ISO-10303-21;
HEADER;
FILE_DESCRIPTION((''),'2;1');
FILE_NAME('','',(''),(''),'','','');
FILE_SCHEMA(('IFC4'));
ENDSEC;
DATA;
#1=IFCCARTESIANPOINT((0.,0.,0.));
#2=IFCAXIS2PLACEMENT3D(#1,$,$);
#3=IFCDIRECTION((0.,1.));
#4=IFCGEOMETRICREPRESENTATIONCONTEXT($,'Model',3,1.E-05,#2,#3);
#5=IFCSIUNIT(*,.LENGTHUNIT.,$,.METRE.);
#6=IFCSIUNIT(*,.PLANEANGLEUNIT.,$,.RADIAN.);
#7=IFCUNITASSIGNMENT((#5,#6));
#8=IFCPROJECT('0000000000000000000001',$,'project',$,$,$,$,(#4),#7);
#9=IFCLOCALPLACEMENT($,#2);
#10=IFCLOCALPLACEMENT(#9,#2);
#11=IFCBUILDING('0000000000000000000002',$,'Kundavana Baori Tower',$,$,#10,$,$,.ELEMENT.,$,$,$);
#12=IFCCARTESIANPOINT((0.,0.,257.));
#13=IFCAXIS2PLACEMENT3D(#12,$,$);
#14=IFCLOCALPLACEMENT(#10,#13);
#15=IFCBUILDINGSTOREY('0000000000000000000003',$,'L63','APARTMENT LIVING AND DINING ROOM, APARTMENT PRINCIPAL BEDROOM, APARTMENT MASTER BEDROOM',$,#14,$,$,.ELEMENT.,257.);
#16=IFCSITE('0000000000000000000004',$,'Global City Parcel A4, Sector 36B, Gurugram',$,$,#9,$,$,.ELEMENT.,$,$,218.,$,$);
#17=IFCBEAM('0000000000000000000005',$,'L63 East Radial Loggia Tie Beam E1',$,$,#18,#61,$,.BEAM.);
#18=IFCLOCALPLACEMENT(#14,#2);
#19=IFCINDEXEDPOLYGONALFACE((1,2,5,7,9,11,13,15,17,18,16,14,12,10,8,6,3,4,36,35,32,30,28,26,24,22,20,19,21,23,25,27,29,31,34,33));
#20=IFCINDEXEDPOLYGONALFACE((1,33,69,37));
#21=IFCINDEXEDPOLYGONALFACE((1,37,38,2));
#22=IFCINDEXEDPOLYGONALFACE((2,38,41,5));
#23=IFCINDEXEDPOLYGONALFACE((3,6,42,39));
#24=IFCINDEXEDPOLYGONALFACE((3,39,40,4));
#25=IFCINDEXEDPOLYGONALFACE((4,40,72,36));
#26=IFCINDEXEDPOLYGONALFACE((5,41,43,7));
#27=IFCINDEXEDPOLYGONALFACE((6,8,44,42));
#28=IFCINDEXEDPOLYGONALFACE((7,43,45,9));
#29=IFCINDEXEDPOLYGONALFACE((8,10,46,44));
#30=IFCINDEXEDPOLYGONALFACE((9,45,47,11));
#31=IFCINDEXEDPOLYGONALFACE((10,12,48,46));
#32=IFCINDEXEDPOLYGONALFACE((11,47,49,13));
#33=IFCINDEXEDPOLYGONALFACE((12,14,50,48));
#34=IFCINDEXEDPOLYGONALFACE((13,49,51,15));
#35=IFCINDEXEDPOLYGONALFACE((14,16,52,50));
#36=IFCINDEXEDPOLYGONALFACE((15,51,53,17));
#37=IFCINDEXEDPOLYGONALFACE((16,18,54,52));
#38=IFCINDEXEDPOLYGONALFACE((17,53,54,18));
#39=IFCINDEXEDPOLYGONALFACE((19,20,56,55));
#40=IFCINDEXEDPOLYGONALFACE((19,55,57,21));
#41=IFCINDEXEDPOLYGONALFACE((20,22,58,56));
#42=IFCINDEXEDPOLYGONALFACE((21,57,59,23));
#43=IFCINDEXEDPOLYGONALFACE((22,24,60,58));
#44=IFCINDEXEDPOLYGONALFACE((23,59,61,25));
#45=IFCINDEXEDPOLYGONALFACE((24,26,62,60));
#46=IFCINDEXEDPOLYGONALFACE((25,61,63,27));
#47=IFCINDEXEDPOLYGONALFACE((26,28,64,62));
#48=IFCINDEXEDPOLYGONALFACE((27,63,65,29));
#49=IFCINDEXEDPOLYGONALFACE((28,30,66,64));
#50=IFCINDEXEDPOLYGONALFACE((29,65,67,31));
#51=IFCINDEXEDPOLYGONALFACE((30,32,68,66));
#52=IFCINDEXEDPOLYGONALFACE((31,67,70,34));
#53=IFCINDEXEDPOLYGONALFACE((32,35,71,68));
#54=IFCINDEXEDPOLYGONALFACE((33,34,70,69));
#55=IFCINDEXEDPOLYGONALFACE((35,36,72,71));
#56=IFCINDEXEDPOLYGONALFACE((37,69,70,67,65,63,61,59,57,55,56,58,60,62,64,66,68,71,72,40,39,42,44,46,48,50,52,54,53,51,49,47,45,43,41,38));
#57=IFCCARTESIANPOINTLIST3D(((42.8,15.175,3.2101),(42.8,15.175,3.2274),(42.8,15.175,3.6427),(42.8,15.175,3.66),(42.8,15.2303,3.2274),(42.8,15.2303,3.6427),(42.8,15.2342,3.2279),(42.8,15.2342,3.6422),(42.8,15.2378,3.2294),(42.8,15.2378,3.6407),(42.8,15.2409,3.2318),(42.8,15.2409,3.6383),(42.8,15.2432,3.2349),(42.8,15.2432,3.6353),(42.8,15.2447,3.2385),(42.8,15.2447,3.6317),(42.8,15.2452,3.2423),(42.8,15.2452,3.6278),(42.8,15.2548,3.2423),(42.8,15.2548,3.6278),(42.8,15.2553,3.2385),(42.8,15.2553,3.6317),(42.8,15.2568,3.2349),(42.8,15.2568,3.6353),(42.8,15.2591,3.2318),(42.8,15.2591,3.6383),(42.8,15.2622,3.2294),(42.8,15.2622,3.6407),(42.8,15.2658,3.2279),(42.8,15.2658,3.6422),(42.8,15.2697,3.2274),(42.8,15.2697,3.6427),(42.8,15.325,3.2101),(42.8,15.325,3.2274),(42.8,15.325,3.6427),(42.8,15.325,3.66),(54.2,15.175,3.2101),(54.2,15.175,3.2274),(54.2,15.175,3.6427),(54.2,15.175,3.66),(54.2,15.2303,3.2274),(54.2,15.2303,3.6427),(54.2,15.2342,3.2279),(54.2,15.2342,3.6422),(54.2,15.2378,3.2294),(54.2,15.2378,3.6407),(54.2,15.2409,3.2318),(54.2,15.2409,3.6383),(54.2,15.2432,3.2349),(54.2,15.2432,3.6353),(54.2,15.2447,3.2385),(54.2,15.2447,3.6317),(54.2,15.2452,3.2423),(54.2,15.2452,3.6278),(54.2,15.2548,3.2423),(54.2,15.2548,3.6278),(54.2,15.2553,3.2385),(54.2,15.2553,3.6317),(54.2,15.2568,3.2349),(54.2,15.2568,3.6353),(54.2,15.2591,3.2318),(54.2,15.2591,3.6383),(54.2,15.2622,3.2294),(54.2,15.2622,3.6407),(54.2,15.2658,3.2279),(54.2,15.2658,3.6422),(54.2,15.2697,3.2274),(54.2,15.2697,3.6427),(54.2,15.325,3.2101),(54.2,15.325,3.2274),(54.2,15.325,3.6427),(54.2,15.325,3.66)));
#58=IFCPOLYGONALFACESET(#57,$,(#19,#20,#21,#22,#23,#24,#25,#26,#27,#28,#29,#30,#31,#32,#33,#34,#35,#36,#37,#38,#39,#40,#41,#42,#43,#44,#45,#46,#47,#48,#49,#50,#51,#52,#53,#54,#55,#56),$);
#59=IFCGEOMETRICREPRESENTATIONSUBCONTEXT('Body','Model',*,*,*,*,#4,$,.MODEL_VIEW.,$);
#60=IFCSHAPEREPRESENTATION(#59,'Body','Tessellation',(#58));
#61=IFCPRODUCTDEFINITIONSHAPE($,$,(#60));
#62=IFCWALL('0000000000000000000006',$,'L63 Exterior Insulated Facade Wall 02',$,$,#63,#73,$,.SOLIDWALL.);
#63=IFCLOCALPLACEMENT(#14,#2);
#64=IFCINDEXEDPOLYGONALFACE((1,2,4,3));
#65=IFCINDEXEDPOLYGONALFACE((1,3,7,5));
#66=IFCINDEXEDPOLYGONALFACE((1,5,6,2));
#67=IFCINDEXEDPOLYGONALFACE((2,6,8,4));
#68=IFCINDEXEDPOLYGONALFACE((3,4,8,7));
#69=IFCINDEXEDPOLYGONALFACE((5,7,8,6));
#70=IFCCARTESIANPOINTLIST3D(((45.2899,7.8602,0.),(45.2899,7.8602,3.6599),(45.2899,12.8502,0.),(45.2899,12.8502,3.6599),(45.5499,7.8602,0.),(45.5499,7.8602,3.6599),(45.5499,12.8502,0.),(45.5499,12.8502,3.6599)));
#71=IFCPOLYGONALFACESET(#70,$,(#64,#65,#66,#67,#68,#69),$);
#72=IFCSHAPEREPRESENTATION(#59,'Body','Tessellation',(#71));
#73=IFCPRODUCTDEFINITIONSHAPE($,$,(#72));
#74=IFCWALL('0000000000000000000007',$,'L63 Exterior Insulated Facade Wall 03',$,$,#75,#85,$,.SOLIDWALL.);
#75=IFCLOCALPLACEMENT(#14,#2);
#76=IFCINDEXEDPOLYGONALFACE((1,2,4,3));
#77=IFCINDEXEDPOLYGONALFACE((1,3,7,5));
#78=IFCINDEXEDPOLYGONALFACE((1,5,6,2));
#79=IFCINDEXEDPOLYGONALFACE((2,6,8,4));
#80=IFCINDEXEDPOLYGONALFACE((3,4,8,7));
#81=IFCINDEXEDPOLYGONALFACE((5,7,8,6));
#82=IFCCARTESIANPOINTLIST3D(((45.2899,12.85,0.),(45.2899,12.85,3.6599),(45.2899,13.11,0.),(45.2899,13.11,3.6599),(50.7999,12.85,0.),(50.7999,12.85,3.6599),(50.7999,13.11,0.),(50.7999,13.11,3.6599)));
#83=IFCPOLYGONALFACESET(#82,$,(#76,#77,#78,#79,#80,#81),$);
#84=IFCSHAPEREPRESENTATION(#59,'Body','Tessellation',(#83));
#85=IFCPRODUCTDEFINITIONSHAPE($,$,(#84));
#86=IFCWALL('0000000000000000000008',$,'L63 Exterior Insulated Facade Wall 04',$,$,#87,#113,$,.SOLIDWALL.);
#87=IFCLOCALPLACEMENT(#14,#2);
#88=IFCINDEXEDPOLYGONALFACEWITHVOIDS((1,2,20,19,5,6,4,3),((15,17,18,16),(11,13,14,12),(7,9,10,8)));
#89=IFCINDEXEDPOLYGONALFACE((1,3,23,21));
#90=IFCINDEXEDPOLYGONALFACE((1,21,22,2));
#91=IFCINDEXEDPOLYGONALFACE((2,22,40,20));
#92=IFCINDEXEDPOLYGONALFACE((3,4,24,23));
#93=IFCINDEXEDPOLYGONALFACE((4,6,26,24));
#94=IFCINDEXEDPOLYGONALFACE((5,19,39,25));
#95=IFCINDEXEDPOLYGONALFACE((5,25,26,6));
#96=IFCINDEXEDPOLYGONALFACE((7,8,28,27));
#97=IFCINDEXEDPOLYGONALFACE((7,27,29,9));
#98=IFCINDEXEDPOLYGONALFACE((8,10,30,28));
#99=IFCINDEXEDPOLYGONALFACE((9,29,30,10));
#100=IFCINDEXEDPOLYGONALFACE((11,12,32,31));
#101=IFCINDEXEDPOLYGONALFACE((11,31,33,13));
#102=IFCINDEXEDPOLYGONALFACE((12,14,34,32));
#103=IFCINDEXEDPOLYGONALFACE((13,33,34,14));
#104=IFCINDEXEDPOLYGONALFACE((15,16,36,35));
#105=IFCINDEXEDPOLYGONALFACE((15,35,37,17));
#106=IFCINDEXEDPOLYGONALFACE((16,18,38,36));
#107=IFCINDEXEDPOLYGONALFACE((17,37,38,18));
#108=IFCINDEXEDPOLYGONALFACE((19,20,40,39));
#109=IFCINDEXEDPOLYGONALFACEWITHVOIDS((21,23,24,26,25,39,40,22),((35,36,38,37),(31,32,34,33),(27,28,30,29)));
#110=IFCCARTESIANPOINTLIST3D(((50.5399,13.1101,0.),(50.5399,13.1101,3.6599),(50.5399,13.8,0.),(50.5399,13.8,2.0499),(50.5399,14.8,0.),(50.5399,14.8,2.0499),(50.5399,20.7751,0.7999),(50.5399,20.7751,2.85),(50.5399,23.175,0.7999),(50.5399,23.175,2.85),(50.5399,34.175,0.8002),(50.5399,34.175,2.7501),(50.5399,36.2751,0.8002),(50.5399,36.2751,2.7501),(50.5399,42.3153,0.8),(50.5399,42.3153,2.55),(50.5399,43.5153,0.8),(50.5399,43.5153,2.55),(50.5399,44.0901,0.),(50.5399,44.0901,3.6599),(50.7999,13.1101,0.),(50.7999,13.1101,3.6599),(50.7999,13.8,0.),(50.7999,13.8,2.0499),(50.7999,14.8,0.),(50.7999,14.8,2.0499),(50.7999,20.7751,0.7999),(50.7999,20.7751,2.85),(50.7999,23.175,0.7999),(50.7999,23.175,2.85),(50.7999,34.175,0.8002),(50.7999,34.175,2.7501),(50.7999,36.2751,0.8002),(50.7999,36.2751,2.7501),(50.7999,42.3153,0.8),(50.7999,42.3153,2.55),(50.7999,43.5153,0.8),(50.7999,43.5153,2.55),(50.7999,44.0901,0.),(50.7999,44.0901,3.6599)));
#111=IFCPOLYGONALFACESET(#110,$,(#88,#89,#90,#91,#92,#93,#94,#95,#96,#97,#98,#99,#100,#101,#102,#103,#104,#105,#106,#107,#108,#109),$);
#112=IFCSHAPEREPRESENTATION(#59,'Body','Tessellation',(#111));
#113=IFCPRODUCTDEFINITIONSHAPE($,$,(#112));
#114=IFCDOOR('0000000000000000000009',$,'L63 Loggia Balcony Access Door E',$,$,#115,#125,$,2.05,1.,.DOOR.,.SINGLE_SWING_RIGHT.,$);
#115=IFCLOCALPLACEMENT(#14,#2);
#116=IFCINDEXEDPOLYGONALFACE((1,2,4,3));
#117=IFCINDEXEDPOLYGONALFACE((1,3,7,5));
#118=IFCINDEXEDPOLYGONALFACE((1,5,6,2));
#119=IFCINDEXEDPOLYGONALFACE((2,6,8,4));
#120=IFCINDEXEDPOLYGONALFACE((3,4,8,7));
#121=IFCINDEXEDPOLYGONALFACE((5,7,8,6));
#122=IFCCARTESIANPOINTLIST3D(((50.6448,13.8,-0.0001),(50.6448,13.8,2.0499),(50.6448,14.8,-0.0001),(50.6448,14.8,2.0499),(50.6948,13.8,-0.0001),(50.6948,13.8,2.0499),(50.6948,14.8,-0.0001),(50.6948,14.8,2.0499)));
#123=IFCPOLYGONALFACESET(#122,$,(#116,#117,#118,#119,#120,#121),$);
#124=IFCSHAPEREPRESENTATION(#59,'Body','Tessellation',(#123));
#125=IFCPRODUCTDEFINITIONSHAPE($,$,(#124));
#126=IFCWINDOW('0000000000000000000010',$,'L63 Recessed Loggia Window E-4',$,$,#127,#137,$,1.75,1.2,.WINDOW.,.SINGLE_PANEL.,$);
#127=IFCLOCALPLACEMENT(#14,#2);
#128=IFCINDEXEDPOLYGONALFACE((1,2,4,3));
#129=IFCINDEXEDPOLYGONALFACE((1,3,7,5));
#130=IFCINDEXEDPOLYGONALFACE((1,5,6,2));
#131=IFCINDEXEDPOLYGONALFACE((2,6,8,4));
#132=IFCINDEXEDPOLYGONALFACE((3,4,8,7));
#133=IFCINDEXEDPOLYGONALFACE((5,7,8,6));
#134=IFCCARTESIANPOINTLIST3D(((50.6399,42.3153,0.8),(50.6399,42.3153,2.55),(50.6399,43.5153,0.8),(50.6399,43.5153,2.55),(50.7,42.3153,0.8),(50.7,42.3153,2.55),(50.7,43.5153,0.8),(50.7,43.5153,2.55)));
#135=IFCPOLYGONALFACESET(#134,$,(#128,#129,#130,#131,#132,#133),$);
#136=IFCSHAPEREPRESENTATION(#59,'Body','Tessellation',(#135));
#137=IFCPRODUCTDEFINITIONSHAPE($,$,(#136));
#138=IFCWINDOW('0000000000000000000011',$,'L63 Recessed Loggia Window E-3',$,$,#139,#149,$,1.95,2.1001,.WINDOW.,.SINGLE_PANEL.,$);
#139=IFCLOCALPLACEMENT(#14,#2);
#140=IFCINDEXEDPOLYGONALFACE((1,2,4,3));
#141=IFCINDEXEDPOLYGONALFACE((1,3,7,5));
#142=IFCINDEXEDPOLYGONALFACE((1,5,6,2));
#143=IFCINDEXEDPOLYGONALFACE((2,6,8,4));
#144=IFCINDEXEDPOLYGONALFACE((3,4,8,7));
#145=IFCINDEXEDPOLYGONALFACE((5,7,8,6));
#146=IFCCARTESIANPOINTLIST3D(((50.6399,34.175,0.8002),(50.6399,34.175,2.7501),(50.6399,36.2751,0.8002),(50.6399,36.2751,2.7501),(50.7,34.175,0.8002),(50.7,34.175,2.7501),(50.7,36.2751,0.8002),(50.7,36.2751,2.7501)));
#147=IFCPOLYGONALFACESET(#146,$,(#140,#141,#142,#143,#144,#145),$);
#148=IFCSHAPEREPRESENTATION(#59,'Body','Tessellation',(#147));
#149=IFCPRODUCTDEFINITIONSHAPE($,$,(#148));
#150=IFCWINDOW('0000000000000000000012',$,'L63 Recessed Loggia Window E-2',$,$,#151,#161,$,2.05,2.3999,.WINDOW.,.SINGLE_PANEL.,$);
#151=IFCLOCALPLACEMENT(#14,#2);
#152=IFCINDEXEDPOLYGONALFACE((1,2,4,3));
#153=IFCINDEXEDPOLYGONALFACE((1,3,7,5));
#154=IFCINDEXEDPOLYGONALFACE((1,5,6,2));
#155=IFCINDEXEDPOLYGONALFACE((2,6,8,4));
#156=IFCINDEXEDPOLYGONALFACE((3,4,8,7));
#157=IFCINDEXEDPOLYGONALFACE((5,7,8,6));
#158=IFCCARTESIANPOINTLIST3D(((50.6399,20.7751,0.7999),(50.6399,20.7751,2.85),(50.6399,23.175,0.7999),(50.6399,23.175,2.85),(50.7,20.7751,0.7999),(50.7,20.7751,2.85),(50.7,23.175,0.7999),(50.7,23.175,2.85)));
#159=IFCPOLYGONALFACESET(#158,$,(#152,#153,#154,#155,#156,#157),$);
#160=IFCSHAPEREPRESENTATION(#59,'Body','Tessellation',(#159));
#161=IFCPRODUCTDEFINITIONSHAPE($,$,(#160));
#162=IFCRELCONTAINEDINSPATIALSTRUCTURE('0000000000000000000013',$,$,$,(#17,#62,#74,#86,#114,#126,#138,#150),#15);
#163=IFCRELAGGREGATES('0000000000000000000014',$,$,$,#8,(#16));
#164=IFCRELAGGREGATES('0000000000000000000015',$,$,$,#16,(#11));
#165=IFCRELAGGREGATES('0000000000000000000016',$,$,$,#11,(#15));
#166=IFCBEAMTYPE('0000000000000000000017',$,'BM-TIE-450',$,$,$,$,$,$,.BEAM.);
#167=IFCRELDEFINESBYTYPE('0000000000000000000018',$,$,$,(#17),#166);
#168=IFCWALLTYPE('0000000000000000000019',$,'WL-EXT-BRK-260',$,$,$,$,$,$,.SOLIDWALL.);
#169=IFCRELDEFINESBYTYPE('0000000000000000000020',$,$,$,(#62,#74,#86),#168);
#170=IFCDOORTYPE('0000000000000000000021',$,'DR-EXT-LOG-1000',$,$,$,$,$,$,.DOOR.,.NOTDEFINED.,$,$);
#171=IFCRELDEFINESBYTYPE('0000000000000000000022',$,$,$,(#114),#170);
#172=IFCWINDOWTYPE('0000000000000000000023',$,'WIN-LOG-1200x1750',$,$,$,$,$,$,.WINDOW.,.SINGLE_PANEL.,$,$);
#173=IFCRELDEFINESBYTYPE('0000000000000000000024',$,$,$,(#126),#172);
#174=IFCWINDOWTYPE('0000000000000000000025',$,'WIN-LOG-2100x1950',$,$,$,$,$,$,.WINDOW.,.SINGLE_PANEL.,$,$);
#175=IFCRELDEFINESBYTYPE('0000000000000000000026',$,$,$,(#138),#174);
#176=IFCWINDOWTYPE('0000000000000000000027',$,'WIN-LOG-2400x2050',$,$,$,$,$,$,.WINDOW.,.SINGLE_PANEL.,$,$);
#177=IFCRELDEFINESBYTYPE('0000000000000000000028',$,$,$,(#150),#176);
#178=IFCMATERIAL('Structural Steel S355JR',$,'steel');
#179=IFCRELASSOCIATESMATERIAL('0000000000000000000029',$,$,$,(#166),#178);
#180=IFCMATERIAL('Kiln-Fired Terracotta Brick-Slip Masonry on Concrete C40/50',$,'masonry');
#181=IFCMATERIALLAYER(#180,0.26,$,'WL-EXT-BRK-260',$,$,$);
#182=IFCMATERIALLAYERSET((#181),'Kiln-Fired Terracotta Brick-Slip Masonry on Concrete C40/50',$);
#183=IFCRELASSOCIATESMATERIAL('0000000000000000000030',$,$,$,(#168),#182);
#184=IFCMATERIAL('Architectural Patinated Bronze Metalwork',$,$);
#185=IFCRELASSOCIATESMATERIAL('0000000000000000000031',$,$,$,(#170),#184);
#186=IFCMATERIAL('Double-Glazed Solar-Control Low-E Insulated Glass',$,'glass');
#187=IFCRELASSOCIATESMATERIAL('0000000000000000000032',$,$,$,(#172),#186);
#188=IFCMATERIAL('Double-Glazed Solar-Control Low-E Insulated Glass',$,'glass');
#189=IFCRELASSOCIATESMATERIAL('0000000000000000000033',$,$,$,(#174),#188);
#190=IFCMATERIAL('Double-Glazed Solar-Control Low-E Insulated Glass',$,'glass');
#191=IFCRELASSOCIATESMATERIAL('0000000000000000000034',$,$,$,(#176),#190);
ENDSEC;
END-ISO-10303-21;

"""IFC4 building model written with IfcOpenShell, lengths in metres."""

from ifc_helpers import new_model, si_unit, direction, frame, frame_2d, origin, origin_2d, place, context, subcontext, project, spatial, rectangle, i_section, extrude, material, layer, layer_set, material_profile, profile_set, type_object, element, fill, save


model = new_model("IFC4")

# Units and contexts
model_context = context("Model", 3, precision=1e-05, world=origin(), true_north=direction((0.0, 1.0)))
body_context = subcontext(model_context, "Body", "Model", "MODEL_VIEW")
ifc_project = project(units=[si_unit("LENGTHUNIT", "METRE"), si_unit("PLANEANGLEUNIT", "RADIAN")], contexts=[model_context])

# Site, building, storey
site_placement = place(None, origin())
site = spatial("IfcSite", under=ifc_project, at=site_placement, Name="Global City Parcel A4, Sector 36B, Gurugram", CompositionType="ELEMENT", RefElevation=218.0)
building_placement = place(site_placement, origin())
building = spatial("IfcBuilding", under=site, at=building_placement, Name="Kundavana Baori Tower", CompositionType="ELEMENT")
storey_placement = place(building_placement, frame((0.0, 0.0, 257.0)))
storey = spatial("IfcBuildingStorey", under=building, at=storey_placement, Name="L63", Description="APARTMENT LIVING AND DINING ROOM, APARTMENT PRINCIPAL BEDROOM, APARTMENT MASTER BEDROOM", CompositionType="ELEMENT", Elevation=257.0)

# Beam
ifc_material_1 = material(Name="Structural Steel S355JR", Category="steel")
ifc_material_profile_1 = material_profile(ifc_material_1, i_section(OverallWidth=0.1499, OverallDepth=0.45, WebThickness=0.0095, FlangeThickness=0.0173, FilletRadius=0.0149, at=origin_2d()), Name="ISMB 450")
ifc_profile_set_1 = profile_set([ifc_material_profile_1], Name="Structural Steel S355JR")
beam_type_1 = type_object("IfcBeamType", Name="BM-TIE-450", PredefinedType="BEAM", material=ifc_profile_set_1)
beam_1_placement = place(storey_placement, frame((42.8, 15.25, 3.4351), z_axis=(1.0, 0.0, 0.0), x_axis=(0.0, 1.0, 0.0)))
element("IfcBeam", 1, at=beam_1_placement, inside=storey, type_object=beam_type_1, Name="L63 East Radial Loggia Tie Beam E1", PredefinedType="BEAM", context=body_context, shape_type="SweptSolid", body=[
    extrude(i_section(OverallWidth=0.1499, OverallDepth=0.45, WebThickness=0.0095, FlangeThickness=0.0173, FilletRadius=0.0149, at=origin_2d()), origin(), (0.0, 0.0, 1.0), 11.3999),
])

# Walls
ifc_material_2 = material(Name="Kiln-Fired Terracotta Brick-Slip Masonry on Concrete C40/50", Category="masonry")
ifc_layer_1 = layer(ifc_material_2, 0.26, Name="WL-EXT-BRK-260")
ifc_layer_set_1 = layer_set([ifc_layer_1], Name="Kiln-Fired Terracotta Brick-Slip Masonry on Concrete C40/50")
wall_type_1 = type_object("IfcWallType", Name="WL-EXT-BRK-260", PredefinedType="SOLIDWALL", material=ifc_layer_set_1)
wall_1_placement = place(storey_placement, frame((45.4199, 7.8601, 0.0), z_axis=(0.0, 0.0, 1.0), x_axis=(0.0, 1.0, 0.0)))
element("IfcWall", 2, at=wall_1_placement, inside=storey, type_object=wall_type_1, Name="L63 Exterior Insulated Facade Wall 02", PredefinedType="SOLIDWALL", context=body_context, shape_type="SweptSolid", body=[
    extrude(rectangle(XDim=4.99, YDim=0.26, at=frame_2d((2.4951, 0.0))), origin(), (0.0, 0.0, 1.0), 3.6599),
])
wall_2_placement = place(storey_placement, frame((45.29, 12.98, 0.0), z_axis=(0.0, 0.0, 1.0), x_axis=(1.0, 0.0, 0.0)))
element("IfcWall", 3, at=wall_2_placement, inside=storey, type_object=wall_type_1, Name="L63 Exterior Insulated Facade Wall 03", PredefinedType="SOLIDWALL", context=body_context, shape_type="SweptSolid", body=[
    extrude(rectangle(XDim=5.51, YDim=0.26, at=frame_2d((2.7549, 0.0))), origin(), (0.0, 0.0, 1.0), 3.6599),
])

# Wall, openings, door, windows
wall_3_placement = place(storey_placement, frame((50.6699, 13.1101, 0.0), z_axis=(0.0, 0.0, 1.0), x_axis=(0.0, 1.0, 0.0)))
wall_3 = element("IfcWall", 4, at=wall_3_placement, inside=storey, type_object=wall_type_1, Name="L63 Exterior Insulated Facade Wall 04", PredefinedType="SOLIDWALL", context=body_context, shape_type="SweptSolid", body=[
    extrude(rectangle(XDim=30.98, YDim=0.26, at=frame_2d((15.49, 0.0))), origin(), (0.0, 0.0, 1.0), 3.6599),
])
opening_1_placement = place(wall_3_placement, frame((0.6899, 0.0, 0.0)))
opening_1 = element("IfcOpeningElement", 5, at=opening_1_placement, cuts=wall_3, PredefinedType="OPENING", context=body_context, shape_type="SweptSolid", body=[
    extrude(rectangle(XDim=1.0, YDim=2.05, at=frame_2d((0.5, 1.0249))), frame((0.0, 0.1401, 0.0), z_axis=(0.0, -1.0, 0.0), x_axis=(1.0, 0.0, 0.0)), (0.0, 0.0, 1.0), 0.28),
])
opening_2_placement = place(wall_3_placement, frame((7.665, 0.0, 0.8)))
opening_2 = element("IfcOpeningElement", 6, at=opening_2_placement, cuts=wall_3, PredefinedType="OPENING", context=body_context, shape_type="SweptSolid", body=[
    extrude(rectangle(XDim=2.3999, YDim=2.05, at=frame_2d((1.2, 1.0249))), frame((0.0, 0.1401, 0.0), z_axis=(0.0, -1.0, 0.0), x_axis=(1.0, 0.0, 0.0)), (0.0, 0.0, 1.0), 0.28),
])
opening_3_placement = place(wall_3_placement, frame((21.0649, 0.0, 0.8)))
opening_3 = element("IfcOpeningElement", 7, at=opening_3_placement, cuts=wall_3, PredefinedType="OPENING", context=body_context, shape_type="SweptSolid", body=[
    extrude(rectangle(XDim=2.1001, YDim=1.95, at=frame_2d((1.05, 0.9751))), frame((0.0, 0.1401, 0.0), z_axis=(0.0, -1.0, 0.0), x_axis=(1.0, 0.0, 0.0)), (0.0, 0.0, 1.0), 0.28),
])
opening_4_placement = place(wall_3_placement, frame((29.2051, 0.0, 0.8)))
opening_4 = element("IfcOpeningElement", 8, at=opening_4_placement, cuts=wall_3, PredefinedType="OPENING", context=body_context, shape_type="SweptSolid", body=[
    extrude(rectangle(XDim=1.2, YDim=1.75, at=frame_2d((0.6001, 0.875))), frame((0.0, 0.1401, 0.0), z_axis=(0.0, -1.0, 0.0), x_axis=(1.0, 0.0, 0.0)), (0.0, 0.0, 1.0), 0.28),
])
ifc_material_3 = material(Name="Architectural Patinated Bronze Metalwork")
door_type_1 = type_object("IfcDoorType", Name="DR-EXT-LOG-1000", OperationType="NOTDEFINED", PredefinedType="DOOR", material=ifc_material_3)
door_1_placement = place(opening_1_placement, frame((1.0, 0.0, 0.0), z_axis=(0.0, 0.0, 1.0), x_axis=(-1.0, 0.0, 0.0)))
door_1 = element("IfcDoor", 9, at=door_1_placement, inside=storey, type_object=door_type_1, Name="L63 Loggia Balcony Access Door E", OperationType="SINGLE_SWING_RIGHT", OverallHeight=2.05, OverallWidth=1.0, PredefinedType="DOOR", context=body_context, shape_type="SweptSolid", body=[
    extrude(rectangle(XDim=1.0, YDim=2.05, at=frame_2d((0.5, 1.0249))), frame((0.0, 0.0249, 0.0), z_axis=(0.0, -1.0, 0.0), x_axis=(1.0, 0.0, 0.0)), (0.0, 0.0, 1.0), 0.05),
])
fill(opening_1, door_1)
ifc_material_4 = material(Name="Double-Glazed Solar-Control Low-E Insulated Glass", Category="glass")
window_type_1 = type_object("IfcWindowType", Name="WIN-LOG-1200x1750", PartitioningType="SINGLE_PANEL", PredefinedType="WINDOW", material=ifc_material_4)
window_1_placement = place(opening_4_placement, origin())
window_1 = element("IfcWindow", 10, at=window_1_placement, inside=storey, type_object=window_type_1, Name="L63 Recessed Loggia Window E-4", OverallHeight=1.75, OverallWidth=1.2, PartitioningType="SINGLE_PANEL", PredefinedType="WINDOW", context=body_context, shape_type="SweptSolid", body=[
    extrude(rectangle(XDim=1.2, YDim=1.75, at=frame_2d((0.6001, 0.875))), frame((0.0, 0.03, 0.0), z_axis=(0.0, -1.0, 0.0), x_axis=(1.0, 0.0, 0.0)), (0.0, 0.0, 1.0), 0.0601),
])
fill(opening_4, window_1)
ifc_material_5 = material(Name="Double-Glazed Solar-Control Low-E Insulated Glass", Category="glass")
window_type_2 = type_object("IfcWindowType", Name="WIN-LOG-2100x1950", PartitioningType="SINGLE_PANEL", PredefinedType="WINDOW", material=ifc_material_5)
window_2_placement = place(opening_3_placement, origin())
window_2 = element("IfcWindow", 11, at=window_2_placement, inside=storey, type_object=window_type_2, Name="L63 Recessed Loggia Window E-3", OverallHeight=1.95, OverallWidth=2.1001, PartitioningType="SINGLE_PANEL", PredefinedType="WINDOW", context=body_context, shape_type="SweptSolid", body=[
    extrude(rectangle(XDim=2.1001, YDim=1.95, at=frame_2d((1.05, 0.9751))), frame((0.0, 0.03, 0.0), z_axis=(0.0, -1.0, 0.0), x_axis=(1.0, 0.0, 0.0)), (0.0, 0.0, 1.0), 0.0601),
])
fill(opening_3, window_2)
ifc_material_6 = material(Name="Double-Glazed Solar-Control Low-E Insulated Glass", Category="glass")
window_type_3 = type_object("IfcWindowType", Name="WIN-LOG-2400x2050", PartitioningType="SINGLE_PANEL", PredefinedType="WINDOW", material=ifc_material_6)
window_3_placement = place(opening_2_placement, origin())
window_3 = element("IfcWindow", 12, at=window_3_placement, inside=storey, type_object=window_type_3, Name="L63 Recessed Loggia Window E-2", OverallHeight=2.05, OverallWidth=2.3999, PartitioningType="SINGLE_PANEL", PredefinedType="WINDOW", context=body_context, shape_type="SweptSolid", body=[
    extrude(rectangle(XDim=2.3999, YDim=2.05, at=frame_2d((1.2, 1.0249))), frame((0.0, 0.03, 0.0), z_axis=(0.0, -1.0, 0.0), x_axis=(1.0, 0.0, 0.0)), (0.0, 0.0, 1.0), 0.0601),
])
fill(opening_2, window_3)

save(model, "model.ifc")
